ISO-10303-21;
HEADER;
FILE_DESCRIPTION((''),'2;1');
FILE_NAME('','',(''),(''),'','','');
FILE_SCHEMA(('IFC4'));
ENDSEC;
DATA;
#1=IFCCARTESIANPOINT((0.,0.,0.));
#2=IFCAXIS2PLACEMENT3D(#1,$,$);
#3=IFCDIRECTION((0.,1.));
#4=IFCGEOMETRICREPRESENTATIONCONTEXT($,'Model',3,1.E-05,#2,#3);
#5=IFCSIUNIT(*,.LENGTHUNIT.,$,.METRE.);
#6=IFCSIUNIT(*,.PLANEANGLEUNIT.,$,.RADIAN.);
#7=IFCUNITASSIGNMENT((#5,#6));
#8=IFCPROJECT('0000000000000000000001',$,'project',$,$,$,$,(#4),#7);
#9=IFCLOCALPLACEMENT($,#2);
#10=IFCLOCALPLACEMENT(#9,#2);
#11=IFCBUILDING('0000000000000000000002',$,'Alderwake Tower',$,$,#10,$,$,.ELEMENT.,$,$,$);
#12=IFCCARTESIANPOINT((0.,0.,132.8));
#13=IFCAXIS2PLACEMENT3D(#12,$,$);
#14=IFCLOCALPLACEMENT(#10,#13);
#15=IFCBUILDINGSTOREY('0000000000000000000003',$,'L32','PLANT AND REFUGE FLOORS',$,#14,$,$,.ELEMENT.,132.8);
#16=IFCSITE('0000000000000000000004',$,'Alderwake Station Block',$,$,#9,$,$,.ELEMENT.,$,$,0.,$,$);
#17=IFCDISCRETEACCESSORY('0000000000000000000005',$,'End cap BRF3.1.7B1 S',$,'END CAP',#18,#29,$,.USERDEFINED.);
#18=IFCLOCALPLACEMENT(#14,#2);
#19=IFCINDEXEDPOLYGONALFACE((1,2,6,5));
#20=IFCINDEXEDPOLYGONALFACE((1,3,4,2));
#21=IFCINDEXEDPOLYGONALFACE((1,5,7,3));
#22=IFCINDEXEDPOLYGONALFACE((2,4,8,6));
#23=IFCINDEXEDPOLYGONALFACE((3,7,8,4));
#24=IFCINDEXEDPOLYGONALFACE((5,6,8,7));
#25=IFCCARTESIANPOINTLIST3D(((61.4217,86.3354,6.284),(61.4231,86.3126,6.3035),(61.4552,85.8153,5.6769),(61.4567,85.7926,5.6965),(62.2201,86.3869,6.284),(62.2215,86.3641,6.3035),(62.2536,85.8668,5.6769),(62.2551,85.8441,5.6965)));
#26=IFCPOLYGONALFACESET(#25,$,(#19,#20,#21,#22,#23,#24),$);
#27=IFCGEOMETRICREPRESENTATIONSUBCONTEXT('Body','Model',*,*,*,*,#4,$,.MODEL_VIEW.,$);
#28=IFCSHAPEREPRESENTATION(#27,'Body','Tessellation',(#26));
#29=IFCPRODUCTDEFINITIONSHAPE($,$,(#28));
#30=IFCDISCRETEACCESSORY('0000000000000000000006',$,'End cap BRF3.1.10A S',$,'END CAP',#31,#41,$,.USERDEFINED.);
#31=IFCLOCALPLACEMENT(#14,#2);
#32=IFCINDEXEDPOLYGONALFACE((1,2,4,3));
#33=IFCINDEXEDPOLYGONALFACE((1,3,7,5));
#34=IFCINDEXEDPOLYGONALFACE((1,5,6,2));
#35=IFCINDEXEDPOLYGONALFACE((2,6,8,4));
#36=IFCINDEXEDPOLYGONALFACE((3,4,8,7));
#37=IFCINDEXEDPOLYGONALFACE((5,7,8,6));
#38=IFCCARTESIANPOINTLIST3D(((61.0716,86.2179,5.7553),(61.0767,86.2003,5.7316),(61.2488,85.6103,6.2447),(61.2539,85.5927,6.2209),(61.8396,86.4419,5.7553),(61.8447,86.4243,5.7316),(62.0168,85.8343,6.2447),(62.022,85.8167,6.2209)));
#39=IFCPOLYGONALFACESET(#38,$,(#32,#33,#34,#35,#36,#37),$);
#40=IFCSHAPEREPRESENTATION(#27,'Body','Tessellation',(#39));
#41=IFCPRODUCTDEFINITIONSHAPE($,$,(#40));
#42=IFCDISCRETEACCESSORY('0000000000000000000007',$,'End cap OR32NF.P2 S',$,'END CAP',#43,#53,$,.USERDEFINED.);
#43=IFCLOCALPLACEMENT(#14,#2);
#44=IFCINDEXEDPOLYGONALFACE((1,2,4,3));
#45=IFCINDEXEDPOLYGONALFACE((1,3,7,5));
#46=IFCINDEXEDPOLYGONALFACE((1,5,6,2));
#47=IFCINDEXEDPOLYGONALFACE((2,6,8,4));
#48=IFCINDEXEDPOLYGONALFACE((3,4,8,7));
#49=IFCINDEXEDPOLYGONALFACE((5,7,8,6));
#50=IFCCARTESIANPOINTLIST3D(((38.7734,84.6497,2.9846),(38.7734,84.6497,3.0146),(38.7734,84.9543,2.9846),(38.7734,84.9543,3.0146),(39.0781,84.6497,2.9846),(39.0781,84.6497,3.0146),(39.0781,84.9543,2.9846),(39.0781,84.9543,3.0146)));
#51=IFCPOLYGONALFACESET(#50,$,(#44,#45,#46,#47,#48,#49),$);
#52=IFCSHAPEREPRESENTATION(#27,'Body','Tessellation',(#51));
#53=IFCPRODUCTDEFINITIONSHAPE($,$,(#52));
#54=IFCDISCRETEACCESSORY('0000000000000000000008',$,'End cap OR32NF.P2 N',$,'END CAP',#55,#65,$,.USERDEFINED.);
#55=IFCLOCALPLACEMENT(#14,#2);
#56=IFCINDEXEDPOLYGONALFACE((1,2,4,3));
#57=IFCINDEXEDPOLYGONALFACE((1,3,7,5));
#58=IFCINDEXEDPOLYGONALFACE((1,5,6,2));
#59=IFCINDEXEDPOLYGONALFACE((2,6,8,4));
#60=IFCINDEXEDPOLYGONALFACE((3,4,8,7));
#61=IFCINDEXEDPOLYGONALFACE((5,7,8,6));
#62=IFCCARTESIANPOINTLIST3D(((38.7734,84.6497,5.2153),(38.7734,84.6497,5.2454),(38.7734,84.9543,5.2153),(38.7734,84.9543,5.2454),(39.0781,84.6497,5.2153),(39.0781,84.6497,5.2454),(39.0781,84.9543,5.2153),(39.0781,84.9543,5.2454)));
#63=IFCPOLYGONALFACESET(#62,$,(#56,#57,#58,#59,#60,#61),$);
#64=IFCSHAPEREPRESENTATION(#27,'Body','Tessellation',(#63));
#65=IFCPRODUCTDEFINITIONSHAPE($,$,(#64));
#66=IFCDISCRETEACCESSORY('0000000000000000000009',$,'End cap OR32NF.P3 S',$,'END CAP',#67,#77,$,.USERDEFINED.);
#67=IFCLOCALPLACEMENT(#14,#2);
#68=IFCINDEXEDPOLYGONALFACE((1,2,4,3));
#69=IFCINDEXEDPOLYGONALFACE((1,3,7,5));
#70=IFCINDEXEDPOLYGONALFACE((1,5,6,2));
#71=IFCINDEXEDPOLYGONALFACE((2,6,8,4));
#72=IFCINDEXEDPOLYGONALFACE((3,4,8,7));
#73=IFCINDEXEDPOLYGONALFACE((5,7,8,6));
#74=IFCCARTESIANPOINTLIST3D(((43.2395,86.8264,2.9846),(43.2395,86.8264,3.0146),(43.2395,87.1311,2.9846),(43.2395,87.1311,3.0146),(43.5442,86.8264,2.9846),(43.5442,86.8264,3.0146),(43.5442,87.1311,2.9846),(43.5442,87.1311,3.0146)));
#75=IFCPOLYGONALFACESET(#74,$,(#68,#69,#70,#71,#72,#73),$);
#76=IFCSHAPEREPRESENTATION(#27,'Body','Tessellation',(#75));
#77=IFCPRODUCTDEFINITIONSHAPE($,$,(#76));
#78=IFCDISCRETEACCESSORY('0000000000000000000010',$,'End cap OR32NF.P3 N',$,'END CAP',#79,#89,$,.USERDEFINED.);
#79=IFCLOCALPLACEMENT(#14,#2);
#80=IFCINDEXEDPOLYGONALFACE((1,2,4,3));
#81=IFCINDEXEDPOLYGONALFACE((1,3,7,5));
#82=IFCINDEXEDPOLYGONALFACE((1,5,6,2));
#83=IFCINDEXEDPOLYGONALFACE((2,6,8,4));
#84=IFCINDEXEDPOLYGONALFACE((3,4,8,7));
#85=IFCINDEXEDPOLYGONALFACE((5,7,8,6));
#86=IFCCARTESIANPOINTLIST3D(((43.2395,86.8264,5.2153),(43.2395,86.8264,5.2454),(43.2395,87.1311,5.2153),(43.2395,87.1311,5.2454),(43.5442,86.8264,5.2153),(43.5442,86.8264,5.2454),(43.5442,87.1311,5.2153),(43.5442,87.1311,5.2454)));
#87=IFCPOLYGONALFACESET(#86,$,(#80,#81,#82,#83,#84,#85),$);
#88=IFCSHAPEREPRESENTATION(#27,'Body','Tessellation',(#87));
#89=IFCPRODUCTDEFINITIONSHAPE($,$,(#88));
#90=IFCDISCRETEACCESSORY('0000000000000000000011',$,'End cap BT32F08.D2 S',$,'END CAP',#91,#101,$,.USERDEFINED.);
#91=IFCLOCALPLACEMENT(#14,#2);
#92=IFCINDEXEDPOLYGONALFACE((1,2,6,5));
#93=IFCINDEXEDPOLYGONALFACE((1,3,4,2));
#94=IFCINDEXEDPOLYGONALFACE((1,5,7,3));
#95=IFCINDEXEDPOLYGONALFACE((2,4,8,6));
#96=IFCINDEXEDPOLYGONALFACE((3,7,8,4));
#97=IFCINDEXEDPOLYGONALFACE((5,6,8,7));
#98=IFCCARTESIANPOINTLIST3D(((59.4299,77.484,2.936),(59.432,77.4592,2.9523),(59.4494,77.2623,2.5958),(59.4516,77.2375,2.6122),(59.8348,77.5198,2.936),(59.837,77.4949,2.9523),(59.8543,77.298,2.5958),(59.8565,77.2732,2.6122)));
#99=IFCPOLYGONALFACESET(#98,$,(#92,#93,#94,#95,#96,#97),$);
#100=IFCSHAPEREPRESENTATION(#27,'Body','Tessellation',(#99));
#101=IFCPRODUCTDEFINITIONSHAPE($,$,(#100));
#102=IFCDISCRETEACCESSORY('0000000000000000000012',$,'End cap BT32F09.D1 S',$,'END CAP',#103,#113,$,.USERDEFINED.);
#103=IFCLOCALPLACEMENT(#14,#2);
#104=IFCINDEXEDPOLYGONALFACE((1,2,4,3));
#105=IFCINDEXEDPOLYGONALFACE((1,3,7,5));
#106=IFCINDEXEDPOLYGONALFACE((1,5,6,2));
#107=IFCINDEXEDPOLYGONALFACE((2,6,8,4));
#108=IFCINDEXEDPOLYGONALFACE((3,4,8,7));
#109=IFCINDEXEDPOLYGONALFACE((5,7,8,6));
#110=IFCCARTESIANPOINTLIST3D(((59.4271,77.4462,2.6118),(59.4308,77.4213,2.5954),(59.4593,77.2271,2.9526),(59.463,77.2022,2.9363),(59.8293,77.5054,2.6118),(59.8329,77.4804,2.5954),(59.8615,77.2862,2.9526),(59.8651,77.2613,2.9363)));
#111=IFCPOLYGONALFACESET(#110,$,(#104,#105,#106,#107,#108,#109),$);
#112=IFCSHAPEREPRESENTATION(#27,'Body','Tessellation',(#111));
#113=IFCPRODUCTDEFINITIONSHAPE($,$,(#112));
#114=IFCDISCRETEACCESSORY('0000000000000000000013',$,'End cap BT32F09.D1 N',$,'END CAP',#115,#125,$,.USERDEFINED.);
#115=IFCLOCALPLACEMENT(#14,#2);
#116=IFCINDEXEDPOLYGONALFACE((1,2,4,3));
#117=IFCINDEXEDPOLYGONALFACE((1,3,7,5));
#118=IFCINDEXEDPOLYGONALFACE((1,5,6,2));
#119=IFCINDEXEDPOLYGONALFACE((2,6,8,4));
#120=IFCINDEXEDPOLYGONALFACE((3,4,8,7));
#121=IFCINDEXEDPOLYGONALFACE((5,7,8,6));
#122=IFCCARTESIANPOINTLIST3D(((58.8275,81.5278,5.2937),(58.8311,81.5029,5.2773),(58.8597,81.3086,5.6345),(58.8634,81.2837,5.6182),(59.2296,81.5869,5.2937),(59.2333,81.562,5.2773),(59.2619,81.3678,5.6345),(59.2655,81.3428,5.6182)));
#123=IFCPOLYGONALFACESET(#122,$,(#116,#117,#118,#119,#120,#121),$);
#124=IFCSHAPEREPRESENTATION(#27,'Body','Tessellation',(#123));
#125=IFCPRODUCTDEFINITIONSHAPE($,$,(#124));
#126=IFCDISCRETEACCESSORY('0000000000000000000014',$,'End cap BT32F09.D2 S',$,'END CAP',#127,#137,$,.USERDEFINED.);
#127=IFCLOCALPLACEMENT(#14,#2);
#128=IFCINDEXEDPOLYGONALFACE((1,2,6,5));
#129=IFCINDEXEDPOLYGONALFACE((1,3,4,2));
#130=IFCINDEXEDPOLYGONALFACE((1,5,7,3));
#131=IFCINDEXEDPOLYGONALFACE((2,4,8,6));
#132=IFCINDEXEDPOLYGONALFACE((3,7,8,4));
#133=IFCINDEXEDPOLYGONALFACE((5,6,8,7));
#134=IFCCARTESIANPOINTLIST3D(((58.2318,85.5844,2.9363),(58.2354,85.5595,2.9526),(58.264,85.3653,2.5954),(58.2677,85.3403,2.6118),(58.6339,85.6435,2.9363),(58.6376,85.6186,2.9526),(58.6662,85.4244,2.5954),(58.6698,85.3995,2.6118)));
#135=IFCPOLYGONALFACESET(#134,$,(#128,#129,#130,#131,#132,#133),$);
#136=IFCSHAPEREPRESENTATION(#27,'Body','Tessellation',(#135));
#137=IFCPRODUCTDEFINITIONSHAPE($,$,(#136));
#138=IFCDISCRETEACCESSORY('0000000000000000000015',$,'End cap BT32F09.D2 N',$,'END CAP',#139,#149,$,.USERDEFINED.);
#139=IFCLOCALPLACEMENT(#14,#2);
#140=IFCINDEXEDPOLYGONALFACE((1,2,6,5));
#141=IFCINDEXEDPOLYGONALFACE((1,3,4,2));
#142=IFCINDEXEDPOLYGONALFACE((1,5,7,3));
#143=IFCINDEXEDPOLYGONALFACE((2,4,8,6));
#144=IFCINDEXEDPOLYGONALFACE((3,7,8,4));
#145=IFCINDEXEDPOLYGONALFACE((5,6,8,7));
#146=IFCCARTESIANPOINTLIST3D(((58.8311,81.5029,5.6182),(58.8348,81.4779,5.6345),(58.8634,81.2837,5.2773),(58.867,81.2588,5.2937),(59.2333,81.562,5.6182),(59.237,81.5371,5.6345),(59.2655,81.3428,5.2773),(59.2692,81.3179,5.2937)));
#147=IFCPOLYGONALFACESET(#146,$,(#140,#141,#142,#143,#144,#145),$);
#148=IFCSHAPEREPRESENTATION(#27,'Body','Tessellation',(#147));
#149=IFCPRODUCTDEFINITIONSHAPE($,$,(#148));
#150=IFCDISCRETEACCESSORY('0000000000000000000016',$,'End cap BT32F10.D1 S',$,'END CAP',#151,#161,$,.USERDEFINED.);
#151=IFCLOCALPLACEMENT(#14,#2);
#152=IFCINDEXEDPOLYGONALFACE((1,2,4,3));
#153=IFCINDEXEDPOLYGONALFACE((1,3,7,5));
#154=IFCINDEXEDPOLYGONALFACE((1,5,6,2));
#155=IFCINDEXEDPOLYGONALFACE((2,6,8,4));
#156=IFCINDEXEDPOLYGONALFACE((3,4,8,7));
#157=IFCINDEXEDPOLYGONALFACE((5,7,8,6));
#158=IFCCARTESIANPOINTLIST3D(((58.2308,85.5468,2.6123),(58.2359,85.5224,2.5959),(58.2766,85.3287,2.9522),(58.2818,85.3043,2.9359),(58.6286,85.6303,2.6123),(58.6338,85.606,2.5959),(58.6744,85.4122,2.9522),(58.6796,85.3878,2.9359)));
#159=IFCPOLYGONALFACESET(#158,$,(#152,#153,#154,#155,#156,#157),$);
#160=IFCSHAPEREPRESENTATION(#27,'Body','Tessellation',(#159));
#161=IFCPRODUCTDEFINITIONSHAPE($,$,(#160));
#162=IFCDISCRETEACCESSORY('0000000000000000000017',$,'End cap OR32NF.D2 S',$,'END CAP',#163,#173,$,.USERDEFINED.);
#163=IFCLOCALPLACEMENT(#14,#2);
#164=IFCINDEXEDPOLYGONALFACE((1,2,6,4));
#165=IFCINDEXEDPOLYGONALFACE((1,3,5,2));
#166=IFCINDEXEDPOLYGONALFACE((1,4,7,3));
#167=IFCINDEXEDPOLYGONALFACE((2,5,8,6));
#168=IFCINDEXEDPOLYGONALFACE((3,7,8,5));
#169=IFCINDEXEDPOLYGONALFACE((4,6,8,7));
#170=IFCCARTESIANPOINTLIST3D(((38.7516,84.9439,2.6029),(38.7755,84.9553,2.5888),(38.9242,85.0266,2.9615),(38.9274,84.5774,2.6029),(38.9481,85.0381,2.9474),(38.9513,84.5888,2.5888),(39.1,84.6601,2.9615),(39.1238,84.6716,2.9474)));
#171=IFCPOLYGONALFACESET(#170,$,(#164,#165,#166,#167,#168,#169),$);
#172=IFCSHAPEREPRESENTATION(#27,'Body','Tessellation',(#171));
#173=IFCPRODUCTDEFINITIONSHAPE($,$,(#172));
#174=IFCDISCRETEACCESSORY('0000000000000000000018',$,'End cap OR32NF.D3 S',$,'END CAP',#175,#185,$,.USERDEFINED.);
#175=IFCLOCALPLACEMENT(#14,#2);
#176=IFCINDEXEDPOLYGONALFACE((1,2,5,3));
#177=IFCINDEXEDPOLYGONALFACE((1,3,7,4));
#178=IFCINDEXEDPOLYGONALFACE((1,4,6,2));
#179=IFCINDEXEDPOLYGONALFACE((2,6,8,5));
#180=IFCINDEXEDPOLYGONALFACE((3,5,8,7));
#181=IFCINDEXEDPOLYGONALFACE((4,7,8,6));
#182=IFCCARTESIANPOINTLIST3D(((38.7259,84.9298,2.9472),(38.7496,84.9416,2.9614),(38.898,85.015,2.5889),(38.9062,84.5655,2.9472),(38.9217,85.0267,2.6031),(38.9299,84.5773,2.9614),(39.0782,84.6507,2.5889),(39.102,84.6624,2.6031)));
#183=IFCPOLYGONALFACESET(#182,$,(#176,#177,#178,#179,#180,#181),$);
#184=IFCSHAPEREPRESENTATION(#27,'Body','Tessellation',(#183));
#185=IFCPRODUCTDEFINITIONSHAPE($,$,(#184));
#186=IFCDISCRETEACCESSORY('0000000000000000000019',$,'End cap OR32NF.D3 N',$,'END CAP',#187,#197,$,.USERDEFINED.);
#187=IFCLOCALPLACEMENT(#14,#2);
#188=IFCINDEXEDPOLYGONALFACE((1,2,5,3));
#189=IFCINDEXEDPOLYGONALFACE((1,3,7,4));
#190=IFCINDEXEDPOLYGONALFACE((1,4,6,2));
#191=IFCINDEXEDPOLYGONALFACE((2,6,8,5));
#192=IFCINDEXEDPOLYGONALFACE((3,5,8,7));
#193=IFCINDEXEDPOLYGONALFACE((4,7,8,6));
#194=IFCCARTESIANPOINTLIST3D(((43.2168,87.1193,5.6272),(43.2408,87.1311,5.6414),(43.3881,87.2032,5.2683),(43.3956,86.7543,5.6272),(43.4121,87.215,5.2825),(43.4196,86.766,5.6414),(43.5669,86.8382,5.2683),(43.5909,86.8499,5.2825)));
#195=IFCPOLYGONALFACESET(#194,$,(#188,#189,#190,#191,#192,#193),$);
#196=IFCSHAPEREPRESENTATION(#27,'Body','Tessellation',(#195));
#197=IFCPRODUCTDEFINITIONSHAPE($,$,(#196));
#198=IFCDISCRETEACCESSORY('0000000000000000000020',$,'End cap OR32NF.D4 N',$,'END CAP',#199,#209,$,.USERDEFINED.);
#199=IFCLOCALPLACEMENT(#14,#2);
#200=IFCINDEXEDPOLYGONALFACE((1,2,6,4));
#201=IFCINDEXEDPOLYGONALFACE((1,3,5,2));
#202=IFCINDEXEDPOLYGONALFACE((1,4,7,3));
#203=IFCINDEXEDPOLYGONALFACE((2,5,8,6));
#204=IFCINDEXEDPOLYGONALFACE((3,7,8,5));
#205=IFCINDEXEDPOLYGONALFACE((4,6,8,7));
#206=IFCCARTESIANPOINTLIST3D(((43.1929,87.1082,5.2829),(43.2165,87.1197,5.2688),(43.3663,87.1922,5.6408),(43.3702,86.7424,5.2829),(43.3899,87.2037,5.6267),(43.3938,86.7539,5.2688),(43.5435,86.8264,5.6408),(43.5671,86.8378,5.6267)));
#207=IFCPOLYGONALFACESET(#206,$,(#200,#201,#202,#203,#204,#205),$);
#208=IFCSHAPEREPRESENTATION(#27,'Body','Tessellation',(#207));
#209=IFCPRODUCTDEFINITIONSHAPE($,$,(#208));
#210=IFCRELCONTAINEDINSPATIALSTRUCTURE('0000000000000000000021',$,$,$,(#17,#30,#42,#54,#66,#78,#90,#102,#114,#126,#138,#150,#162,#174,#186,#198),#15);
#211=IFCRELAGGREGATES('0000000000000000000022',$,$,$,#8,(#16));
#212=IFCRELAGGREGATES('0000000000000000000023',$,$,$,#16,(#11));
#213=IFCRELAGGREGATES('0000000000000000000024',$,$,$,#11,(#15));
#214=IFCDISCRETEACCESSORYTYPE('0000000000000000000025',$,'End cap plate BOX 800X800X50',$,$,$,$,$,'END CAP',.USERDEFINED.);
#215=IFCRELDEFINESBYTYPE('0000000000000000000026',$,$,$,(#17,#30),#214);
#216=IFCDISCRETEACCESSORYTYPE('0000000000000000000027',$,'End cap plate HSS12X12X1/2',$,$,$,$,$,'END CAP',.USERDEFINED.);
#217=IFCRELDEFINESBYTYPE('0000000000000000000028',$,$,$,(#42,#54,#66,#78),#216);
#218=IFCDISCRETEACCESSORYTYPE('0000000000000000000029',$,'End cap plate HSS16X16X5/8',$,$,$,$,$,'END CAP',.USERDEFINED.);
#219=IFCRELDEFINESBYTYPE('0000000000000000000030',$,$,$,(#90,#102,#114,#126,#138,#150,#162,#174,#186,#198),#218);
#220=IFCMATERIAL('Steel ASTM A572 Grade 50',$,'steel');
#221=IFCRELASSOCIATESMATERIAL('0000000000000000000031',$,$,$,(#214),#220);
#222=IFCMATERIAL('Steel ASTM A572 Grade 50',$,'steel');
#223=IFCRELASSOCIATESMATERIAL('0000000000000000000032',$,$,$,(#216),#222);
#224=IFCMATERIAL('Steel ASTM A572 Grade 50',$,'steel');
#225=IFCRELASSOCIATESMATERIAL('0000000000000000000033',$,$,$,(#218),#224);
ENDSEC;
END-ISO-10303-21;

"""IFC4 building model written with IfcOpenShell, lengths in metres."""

from ifc_helpers import new_model, si_unit, direction, frame, origin, origin_2d, place, context, subcontext, project, spatial, rectangle, extrude, material, material_profile, profile_set, type_object, element, save


model = new_model("IFC4")

# Units and contexts
model_context = context("Model", 3, precision=1e-05, world=origin(), true_north=direction((0.0, 1.0)))
body_context = subcontext(model_context, "Body", "Model", "MODEL_VIEW")
ifc_project = project(units=[si_unit("LENGTHUNIT", "METRE"), si_unit("PLANEANGLEUNIT", "RADIAN")], contexts=[model_context])

# Site, building, storey
site_placement = place(None, origin())
site = spatial("IfcSite", under=ifc_project, at=site_placement, Name="Alderwake Station Block", CompositionType="ELEMENT", RefElevation=0.0)
building_placement = place(site_placement, origin())
building = spatial("IfcBuilding", under=site, at=building_placement, Name="Alderwake Tower", CompositionType="ELEMENT")
storey_placement = place(building_placement, frame((0.0, 0.0, 132.8)))
storey = spatial("IfcBuildingStorey", under=building, at=storey_placement, Name="L32", Description="PLANT AND REFUGE FLOORS", CompositionType="ELEMENT", Elevation=132.8)

# Discrete accessories
ifc_material_1 = material(Name="Steel ASTM A572 Grade 50", Category="steel")
ifc_material_profile_1 = material_profile(ifc_material_1, rectangle(XDim=0.8, YDim=0.8, at=origin_2d()), Name="BOX 800X800X50 cap")
ifc_profile_set_1 = profile_set([ifc_material_profile_1], Name="Steel ASTM A572 Grade 50")
discrete_accessory_type_1 = type_object("IfcDiscreteAccessoryType", Name="End cap plate BOX 800X800X50", ElementType="END CAP", PredefinedType="USERDEFINED", material=ifc_profile_set_1)
for number, where, z_axis, x_axis, name in (
    (1, (61.8391, 86.0784, 6.0), (-0.048852, 0.757199, -0.651354), (-0.997925, -0.064382, 0.0), "End cap BRF3.1.7B1 S"),
    (2, (61.5442, 86.0261, 6.0), (0.17127, -0.587212, -0.791106), (0.96, 0.28, 0.0), "End cap BRF3.1.10A S"),
):
    element("IfcDiscreteAccessory", number, at=place(storey_placement, frame(where, z_axis=z_axis, x_axis=x_axis)), inside=storey, type_object=discrete_accessory_type_1, Name=name, ObjectType="END CAP", PredefinedType="USERDEFINED", context=body_context, shape_type="SweptSolid", body=[
        extrude(rectangle(XDim=0.8, YDim=0.8, at=origin_2d()), origin(), (0.0, 0.0, 1.0), 0.03),
    ])
ifc_material_2 = material(Name="Steel ASTM A572 Grade 50", Category="steel")
ifc_material_profile_2 = material_profile(ifc_material_2, rectangle(XDim=0.3047, YDim=0.3047, at=origin_2d()), Name="HSS12X12X1/2 cap")
ifc_profile_set_2 = profile_set([ifc_material_profile_2], Name="Steel ASTM A572 Grade 50")
discrete_accessory_type_2 = type_object("IfcDiscreteAccessoryType", Name="End cap plate HSS12X12X1/2", ElementType="END CAP", PredefinedType="USERDEFINED", material=ifc_profile_set_2)
for number, where, z_axis, x_axis, name in (
    (3, (38.9258, 84.802, 3.0146), (0.0, 0.0, -1.0), (1.0, 0.0, 0.0), "End cap OR32NF.P2 S"),
    (4, (38.9258, 84.802, 5.2153), (0.0, 0.0, 1.0), (1.0, 0.0, 0.0), "End cap OR32NF.P2 N"),
    (5, (43.3918, 86.9788, 3.0146), (0.0, 0.0, -1.0), (1.0, 0.0, 0.0), "End cap OR32NF.P3 S"),
    (6, (43.3918, 86.9788, 5.2153), (0.0, 0.0, 1.0), (1.0, 0.0, 0.0), "End cap OR32NF.P3 N"),
):
    element("IfcDiscreteAccessory", number, at=place(storey_placement, frame(where, z_axis=z_axis, x_axis=x_axis)), inside=storey, type_object=discrete_accessory_type_2, Name=name, ObjectType="END CAP", PredefinedType="USERDEFINED", context=body_context, shape_type="SweptSolid", body=[
        extrude(rectangle(XDim=0.3047, YDim=0.3047, at=origin_2d()), origin(), (0.0, 0.0, 1.0), 0.03),
    ])
ifc_material_3 = material(Name="Steel ASTM A572 Grade 50", Category="steel")
ifc_material_profile_3 = material_profile(ifc_material_3, rectangle(XDim=0.4065, YDim=0.4065, at=origin_2d()), Name="HSS16X16X5/8 cap")
ifc_profile_set_3 = profile_set([ifc_material_profile_3], Name="Steel ASTM A572 Grade 50")
discrete_accessory_type_3 = type_object("IfcDiscreteAccessoryType", Name="End cap plate HSS16X16X5/8", ElementType="END CAP", PredefinedType="USERDEFINED", material=ifc_profile_set_3)
discrete_accessory_1_placement = place(storey_placement, frame((59.6443, 77.3662, 2.7822), z_axis=(-0.073548, 0.833549, -0.547527), x_axis=(-0.99613, -0.087894, 0.0)))
element("IfcDiscreteAccessory", 7, at=discrete_accessory_1_placement, inside=storey, type_object=discrete_accessory_type_3, Name="End cap BT32F08.D2 S", ObjectType="END CAP", PredefinedType="USERDEFINED", context=body_context, shape_type="SweptSolid", body=[
    extrude(rectangle(XDim=0.4065, YDim=0.4065, at=origin_2d()), origin(), (0.0, 0.0, 1.0), 0.0298),
])
for number, where, z_axis, x_axis, name in (
    (8, (59.6443, 77.3662, 2.7822), (0.121996, -0.82957, -0.544914), (0.989359, 0.145494, 0.0), "End cap BT32F09.D1 S"),
    (9, (59.0483, 81.4229, 5.4478), (-0.121996, 0.82957, 0.544914), (-0.989359, -0.145494, 0.0), "End cap BT32F09.D1 N"),
    (10, (58.4526, 85.4795, 2.7822), (-0.121996, 0.82957, -0.544914), (-0.989359, -0.145494, 0.0), "End cap BT32F09.D2 S"),
    (11, (59.0483, 81.4229, 5.4478), (0.121996, -0.82957, 0.544914), (0.989359, 0.145494, 0.0), "End cap BT32F09.D2 N"),
):
    element("IfcDiscreteAccessory", number, at=place(storey_placement, frame(where, z_axis=z_axis, x_axis=x_axis)), inside=storey, type_object=discrete_accessory_type_3, Name=name, ObjectType="END CAP", PredefinedType="USERDEFINED", context=body_context, shape_type="SweptSolid", body=[
        extrude(rectangle(XDim=0.4065, YDim=0.4065, at=origin_2d()), origin(), (0.0, 0.0, 1.0), 0.03),
    ])
discrete_accessory_2_placement = place(storey_placement, frame((58.4526, 85.4795, 2.7822), z_axis=(0.171866, -0.818408, -0.548334), x_axis=(0.978653, 0.205517, 0.0)))
element("IfcDiscreteAccessory", 12, at=discrete_accessory_2_placement, inside=storey, type_object=discrete_accessory_type_3, Name="End cap BT32F10.D1 S", ObjectType="END CAP", PredefinedType="USERDEFINED", context=body_context, shape_type="SweptSolid", body=[
    extrude(rectangle(XDim=0.4065, YDim=0.4065, at=origin_2d()), origin(), (0.0, 0.0, 1.0), 0.0298),
])
for number, where, z_axis, x_axis, name in (
    (13, (38.9258, 84.802, 2.7822), (0.795487, 0.381509, -0.470798), (-0.432432, 0.901667, 0.0), "End cap OR32NF.D2 S"),
    (14, (38.9258, 84.802, 2.7822), (-0.789977, -0.390916, -0.472357), (0.443514, -0.896268, 0.0), "End cap OR32NF.D3 S"),
):
    element("IfcDiscreteAccessory", number, at=place(storey_placement, frame(where, z_axis=z_axis, x_axis=x_axis)), inside=storey, type_object=discrete_accessory_type_3, Name=name, ObjectType="END CAP", PredefinedType="USERDEFINED", context=body_context, shape_type="SweptSolid", body=[
        extrude(rectangle(XDim=0.4065, YDim=0.4065, at=origin_2d()), origin(), (0.0, 0.0, 1.0), 0.03),
    ])
discrete_accessory_3_placement = place(storey_placement, frame((43.3918, 86.9788, 5.4478), z_axis=(0.793009, 0.388413, 0.469332), x_axis=(-0.439867, 0.898063, 0.0)))
element("IfcDiscreteAccessory", 15, at=discrete_accessory_3_placement, inside=storey, type_object=discrete_accessory_type_3, Name="End cap OR32NF.D3 N", ObjectType="END CAP", PredefinedType="USERDEFINED", context=body_context, shape_type="SweptSolid", body=[
    extrude(rectangle(XDim=0.4065, YDim=0.4065, at=origin_2d()), origin(), (0.0, 0.0, 1.0), 0.0303),
])
discrete_accessory_4_placement = place(storey_placement, frame((43.3918, 86.9788, 5.4478), z_axis=(-0.792477, -0.383984, 0.473852), x_axis=(0.436046, -0.899924, 0.0)))
element("IfcDiscreteAccessory", 16, at=discrete_accessory_4_placement, inside=storey, type_object=discrete_accessory_type_3, Name="End cap OR32NF.D4 N", ObjectType="END CAP", PredefinedType="USERDEFINED", context=body_context, shape_type="SweptSolid", body=[
    extrude(rectangle(XDim=0.4065, YDim=0.4065, at=origin_2d()), origin(), (0.0, 0.0, 1.0), 0.0298),
])

save(model, "model.ifc")
